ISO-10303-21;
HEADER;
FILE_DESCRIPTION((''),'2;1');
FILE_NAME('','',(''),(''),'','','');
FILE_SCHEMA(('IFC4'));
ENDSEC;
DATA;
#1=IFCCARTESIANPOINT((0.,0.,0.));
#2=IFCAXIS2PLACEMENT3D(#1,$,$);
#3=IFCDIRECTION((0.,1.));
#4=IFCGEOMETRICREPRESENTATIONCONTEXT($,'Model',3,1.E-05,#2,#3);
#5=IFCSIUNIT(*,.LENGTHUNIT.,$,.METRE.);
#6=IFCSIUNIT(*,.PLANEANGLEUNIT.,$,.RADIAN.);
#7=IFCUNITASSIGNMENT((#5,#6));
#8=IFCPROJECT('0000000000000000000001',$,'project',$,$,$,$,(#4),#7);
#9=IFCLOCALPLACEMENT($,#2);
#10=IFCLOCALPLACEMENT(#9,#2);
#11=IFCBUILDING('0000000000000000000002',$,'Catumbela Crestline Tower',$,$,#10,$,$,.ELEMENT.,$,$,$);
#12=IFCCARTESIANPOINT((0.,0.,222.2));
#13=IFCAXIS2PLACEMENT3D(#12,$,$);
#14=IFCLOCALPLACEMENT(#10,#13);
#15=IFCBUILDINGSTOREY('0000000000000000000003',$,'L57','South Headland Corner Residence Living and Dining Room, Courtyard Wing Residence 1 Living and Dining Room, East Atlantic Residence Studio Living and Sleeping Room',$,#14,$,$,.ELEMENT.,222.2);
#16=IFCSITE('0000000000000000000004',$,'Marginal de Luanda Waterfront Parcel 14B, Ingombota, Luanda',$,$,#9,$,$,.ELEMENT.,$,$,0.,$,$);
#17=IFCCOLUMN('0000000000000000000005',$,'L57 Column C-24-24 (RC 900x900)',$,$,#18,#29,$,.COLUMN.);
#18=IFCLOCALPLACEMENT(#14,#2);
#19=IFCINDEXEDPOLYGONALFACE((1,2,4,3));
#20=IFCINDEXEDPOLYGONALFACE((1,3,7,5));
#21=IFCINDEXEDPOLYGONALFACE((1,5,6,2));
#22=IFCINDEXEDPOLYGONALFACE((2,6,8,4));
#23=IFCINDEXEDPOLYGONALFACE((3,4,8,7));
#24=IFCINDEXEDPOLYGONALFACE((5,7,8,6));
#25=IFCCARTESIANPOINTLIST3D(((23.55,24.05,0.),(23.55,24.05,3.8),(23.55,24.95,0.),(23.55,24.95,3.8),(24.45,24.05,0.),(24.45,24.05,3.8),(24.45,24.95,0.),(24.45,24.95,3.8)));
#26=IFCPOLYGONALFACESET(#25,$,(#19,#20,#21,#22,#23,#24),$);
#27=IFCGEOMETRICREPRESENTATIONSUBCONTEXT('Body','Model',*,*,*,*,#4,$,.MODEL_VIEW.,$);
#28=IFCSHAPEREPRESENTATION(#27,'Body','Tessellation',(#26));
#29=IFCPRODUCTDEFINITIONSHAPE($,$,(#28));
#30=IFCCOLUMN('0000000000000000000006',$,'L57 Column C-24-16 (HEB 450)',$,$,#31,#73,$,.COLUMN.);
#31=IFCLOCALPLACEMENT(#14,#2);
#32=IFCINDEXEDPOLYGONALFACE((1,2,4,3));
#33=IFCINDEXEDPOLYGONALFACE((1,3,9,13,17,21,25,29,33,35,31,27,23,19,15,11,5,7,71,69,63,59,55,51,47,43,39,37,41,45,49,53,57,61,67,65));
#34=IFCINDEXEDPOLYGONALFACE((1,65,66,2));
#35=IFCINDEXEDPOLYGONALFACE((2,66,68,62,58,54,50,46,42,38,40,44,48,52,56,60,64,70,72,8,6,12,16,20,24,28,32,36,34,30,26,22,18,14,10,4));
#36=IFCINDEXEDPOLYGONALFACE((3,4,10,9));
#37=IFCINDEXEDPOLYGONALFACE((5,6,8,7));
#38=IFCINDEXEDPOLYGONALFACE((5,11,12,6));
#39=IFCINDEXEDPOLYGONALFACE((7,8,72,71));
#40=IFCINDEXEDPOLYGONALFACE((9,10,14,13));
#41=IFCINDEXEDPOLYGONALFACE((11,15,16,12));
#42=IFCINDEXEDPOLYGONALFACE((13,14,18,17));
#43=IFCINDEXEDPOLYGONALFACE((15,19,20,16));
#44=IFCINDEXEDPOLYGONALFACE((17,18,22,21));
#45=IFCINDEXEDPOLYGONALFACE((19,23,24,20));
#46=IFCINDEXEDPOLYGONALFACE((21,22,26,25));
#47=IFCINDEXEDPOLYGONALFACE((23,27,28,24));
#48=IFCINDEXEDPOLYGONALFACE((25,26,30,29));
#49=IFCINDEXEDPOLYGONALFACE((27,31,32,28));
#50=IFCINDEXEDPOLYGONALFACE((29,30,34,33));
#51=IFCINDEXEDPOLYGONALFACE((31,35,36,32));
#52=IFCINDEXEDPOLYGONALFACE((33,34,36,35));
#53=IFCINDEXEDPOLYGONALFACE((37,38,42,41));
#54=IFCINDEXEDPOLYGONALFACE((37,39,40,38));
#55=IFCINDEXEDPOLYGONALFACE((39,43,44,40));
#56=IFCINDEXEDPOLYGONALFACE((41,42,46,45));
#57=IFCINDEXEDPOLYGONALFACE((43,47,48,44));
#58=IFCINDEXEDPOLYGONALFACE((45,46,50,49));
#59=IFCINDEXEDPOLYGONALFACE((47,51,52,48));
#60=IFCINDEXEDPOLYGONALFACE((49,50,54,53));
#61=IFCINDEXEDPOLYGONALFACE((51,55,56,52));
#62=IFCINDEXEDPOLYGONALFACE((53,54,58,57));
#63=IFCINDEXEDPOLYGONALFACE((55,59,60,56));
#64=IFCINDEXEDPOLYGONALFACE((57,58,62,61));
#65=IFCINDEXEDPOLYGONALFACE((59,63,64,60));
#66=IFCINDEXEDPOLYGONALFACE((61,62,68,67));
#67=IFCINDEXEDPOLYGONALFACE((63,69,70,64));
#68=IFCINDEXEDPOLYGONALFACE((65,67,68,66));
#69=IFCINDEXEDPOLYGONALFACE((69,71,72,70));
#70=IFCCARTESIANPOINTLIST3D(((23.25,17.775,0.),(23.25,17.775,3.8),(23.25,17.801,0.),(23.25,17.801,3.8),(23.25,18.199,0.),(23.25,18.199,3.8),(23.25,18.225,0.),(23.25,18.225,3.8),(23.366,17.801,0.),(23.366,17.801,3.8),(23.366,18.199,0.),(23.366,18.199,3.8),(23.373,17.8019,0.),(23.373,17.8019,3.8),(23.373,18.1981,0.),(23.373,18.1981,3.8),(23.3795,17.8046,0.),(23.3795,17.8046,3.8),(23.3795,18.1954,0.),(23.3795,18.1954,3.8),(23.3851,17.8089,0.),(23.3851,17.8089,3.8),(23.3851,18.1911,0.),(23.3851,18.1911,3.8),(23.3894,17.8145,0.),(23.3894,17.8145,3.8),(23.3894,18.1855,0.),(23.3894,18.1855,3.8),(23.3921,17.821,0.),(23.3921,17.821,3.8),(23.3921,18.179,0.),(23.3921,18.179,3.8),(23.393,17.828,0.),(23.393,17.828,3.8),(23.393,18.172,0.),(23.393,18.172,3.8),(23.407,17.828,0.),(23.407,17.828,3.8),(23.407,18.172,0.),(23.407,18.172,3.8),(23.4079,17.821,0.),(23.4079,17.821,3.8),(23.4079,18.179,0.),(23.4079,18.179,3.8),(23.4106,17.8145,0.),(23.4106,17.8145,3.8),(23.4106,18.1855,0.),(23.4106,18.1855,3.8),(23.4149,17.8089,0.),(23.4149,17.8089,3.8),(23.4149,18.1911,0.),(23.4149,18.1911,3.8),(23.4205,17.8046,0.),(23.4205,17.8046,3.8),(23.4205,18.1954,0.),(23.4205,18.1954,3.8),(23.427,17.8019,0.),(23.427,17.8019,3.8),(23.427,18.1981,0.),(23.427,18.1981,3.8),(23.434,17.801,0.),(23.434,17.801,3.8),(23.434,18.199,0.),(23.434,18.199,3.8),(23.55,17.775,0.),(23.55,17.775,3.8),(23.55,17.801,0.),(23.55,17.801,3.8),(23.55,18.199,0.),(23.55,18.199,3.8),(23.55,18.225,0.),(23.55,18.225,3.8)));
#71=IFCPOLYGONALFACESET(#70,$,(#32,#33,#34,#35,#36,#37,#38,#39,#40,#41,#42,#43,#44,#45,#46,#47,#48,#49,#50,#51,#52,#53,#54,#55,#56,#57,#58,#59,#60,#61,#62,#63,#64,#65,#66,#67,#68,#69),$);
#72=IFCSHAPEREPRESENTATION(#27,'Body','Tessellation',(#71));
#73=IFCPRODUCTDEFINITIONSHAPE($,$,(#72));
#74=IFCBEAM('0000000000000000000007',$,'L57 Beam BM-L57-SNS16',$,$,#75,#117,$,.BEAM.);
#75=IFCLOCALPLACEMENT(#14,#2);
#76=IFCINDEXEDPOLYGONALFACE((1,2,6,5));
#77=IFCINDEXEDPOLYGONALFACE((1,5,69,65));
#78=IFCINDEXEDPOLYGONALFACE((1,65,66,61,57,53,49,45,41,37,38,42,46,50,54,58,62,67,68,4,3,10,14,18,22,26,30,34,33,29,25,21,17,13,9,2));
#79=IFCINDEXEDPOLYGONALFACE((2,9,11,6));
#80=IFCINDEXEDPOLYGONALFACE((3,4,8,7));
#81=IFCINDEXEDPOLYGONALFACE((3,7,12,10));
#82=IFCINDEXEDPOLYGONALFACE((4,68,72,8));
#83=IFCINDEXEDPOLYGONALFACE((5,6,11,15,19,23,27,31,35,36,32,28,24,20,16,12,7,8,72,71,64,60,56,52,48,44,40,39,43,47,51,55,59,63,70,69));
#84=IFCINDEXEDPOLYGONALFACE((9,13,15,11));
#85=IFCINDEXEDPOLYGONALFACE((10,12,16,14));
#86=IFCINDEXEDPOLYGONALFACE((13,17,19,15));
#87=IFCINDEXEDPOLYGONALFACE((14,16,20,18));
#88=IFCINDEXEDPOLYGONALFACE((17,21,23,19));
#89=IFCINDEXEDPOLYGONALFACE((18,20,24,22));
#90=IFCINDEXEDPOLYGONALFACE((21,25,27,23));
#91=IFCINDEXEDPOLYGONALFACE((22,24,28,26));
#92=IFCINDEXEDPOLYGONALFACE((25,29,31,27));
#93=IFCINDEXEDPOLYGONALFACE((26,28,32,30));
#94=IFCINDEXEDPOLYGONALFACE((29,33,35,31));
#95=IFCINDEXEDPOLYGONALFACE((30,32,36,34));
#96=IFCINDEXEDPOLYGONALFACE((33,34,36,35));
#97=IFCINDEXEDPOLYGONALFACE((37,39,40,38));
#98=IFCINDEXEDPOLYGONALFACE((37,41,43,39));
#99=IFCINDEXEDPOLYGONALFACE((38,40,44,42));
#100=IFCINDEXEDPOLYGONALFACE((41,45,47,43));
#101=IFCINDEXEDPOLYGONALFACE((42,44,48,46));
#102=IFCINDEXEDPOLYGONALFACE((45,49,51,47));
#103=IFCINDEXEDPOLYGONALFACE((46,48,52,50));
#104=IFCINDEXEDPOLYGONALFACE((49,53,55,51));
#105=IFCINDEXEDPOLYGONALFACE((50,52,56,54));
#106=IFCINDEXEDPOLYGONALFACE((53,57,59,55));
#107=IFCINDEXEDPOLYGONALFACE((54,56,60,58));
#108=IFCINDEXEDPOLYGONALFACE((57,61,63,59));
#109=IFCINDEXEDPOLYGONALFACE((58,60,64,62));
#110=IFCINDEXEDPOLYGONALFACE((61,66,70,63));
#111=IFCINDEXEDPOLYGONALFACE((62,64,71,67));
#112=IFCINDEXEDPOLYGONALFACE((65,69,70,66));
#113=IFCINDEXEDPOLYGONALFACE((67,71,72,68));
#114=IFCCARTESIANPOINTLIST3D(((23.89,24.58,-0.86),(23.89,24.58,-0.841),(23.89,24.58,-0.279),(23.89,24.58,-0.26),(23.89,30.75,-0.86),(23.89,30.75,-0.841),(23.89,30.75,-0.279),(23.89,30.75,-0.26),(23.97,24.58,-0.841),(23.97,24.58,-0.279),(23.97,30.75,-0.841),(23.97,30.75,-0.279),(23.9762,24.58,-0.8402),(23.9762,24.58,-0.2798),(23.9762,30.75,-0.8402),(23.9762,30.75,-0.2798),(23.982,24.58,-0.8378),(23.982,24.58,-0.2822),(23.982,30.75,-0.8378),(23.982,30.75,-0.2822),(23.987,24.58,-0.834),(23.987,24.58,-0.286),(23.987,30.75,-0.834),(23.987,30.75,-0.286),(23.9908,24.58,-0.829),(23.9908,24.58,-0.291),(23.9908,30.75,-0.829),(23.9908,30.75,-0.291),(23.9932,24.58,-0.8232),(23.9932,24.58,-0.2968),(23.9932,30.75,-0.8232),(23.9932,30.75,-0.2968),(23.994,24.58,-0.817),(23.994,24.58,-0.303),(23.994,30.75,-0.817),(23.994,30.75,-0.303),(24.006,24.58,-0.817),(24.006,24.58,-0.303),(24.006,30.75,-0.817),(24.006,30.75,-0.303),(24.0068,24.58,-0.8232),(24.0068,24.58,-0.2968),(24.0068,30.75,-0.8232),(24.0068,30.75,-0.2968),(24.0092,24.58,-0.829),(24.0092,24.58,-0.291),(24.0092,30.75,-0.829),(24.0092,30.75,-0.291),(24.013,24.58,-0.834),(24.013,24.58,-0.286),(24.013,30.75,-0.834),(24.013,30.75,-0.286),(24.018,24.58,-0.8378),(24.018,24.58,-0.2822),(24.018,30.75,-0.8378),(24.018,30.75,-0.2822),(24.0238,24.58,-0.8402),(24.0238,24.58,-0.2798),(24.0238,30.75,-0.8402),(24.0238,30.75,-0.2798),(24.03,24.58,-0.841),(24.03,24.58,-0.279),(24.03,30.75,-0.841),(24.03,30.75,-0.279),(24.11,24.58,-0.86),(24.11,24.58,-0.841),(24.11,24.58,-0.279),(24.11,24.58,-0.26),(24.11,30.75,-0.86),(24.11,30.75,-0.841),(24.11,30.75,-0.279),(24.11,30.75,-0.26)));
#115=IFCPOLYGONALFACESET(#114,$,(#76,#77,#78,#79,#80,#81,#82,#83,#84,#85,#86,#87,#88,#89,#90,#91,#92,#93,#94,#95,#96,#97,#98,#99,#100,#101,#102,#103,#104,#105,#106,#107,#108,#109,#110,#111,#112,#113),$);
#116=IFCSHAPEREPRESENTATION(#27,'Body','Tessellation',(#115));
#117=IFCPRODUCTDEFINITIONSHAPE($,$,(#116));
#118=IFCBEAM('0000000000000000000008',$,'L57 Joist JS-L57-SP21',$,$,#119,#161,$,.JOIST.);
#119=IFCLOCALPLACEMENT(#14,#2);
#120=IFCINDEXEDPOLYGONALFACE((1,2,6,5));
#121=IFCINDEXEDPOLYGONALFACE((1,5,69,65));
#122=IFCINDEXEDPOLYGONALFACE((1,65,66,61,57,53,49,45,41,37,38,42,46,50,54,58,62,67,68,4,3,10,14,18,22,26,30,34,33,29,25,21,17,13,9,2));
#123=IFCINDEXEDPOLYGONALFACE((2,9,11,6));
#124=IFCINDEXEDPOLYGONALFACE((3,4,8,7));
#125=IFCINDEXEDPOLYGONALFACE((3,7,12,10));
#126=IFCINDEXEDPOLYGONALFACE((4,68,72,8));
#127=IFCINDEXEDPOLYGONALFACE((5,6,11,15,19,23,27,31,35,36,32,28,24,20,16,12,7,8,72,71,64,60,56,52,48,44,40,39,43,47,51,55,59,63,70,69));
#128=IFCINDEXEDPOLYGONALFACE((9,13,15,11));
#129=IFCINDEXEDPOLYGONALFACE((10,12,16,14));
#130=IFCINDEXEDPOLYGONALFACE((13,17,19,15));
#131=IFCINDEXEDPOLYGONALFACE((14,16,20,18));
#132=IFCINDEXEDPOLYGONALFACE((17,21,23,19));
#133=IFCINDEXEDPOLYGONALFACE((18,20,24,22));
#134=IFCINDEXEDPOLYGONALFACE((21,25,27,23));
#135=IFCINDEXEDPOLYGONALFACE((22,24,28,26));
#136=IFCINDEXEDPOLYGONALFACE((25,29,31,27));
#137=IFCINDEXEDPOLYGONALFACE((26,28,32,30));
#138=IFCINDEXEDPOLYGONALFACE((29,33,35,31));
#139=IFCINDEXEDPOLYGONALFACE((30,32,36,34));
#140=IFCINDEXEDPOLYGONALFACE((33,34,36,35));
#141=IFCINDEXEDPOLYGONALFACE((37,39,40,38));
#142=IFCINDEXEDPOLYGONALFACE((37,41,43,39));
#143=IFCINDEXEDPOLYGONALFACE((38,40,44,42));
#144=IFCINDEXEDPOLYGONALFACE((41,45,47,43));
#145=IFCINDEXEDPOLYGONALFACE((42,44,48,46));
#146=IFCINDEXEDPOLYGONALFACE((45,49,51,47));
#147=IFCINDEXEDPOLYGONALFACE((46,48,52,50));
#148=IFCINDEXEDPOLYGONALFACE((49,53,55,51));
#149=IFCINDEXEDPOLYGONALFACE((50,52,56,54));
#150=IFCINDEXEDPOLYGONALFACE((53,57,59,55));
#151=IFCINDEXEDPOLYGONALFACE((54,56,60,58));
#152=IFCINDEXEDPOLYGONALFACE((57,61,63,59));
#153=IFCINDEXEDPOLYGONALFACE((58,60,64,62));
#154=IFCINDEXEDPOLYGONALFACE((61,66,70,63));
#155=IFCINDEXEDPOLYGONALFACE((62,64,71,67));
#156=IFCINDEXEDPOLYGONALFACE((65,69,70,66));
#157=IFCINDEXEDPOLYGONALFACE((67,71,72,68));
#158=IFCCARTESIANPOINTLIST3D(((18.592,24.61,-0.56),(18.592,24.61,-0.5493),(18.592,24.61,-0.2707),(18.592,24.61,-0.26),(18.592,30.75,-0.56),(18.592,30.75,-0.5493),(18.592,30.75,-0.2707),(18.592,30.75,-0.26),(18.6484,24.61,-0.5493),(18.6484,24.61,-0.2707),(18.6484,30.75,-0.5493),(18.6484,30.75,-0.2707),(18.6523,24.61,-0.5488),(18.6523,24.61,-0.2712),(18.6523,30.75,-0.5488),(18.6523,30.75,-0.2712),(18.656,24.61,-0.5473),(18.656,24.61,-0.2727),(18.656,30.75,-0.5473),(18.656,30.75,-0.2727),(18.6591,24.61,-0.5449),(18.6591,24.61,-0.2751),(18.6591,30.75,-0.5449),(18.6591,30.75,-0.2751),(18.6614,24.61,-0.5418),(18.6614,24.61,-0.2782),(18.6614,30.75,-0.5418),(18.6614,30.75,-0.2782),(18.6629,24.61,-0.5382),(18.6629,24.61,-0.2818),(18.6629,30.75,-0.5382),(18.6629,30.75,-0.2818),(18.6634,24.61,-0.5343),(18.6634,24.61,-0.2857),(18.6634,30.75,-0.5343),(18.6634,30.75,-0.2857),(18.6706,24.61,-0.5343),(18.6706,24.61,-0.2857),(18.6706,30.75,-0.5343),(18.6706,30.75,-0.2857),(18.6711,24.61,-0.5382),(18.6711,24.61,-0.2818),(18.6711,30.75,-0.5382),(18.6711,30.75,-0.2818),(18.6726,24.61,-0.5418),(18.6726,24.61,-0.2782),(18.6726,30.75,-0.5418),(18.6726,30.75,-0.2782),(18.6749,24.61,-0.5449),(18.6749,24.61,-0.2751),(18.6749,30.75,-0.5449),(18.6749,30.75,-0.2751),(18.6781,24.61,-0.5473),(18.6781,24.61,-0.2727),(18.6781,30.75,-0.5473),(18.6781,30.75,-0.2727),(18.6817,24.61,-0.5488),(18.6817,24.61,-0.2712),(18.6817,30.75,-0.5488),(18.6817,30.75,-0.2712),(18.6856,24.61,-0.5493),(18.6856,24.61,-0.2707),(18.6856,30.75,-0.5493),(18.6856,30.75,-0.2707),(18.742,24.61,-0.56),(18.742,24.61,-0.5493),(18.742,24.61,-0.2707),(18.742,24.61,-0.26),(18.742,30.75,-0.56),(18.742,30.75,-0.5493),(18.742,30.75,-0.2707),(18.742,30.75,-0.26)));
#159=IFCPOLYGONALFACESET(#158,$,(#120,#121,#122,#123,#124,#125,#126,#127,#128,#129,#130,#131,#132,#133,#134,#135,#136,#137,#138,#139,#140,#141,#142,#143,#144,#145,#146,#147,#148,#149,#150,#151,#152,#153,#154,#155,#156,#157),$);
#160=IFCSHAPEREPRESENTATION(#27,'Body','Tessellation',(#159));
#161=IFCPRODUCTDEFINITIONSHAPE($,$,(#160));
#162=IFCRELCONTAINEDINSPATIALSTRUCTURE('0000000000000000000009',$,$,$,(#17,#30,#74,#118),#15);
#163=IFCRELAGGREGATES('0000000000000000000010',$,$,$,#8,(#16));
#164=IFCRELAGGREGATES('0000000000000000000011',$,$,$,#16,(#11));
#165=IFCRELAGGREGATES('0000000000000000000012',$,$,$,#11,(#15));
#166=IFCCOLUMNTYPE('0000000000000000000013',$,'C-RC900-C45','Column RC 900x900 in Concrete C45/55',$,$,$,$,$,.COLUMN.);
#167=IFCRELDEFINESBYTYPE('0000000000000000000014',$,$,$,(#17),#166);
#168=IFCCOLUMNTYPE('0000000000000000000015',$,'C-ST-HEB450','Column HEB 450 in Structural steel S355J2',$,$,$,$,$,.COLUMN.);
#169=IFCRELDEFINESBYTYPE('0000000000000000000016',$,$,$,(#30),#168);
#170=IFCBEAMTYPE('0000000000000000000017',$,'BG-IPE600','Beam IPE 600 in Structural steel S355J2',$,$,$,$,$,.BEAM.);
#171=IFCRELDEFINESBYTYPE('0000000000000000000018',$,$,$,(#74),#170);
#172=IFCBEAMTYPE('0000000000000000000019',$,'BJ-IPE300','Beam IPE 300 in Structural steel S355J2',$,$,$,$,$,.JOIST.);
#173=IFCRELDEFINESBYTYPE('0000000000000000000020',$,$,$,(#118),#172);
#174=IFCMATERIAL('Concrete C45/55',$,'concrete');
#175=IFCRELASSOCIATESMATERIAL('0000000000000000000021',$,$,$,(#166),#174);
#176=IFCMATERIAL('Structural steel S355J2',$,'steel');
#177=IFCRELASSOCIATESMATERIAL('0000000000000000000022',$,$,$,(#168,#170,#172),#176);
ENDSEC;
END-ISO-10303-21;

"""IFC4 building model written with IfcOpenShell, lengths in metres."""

from ifc_helpers import new_model, si_unit, direction, frame, origin, origin_2d, place, context, subcontext, project, spatial, rectangle, i_section, extrude, material, material_profile, profile_set, type_object, element, save


model = new_model("IFC4")

# Units and contexts
model_context = context("Model", 3, precision=1e-05, world=origin(), true_north=direction((0.0, 1.0)))
body_context = subcontext(model_context, "Body", "Model", "MODEL_VIEW")
ifc_project = project(units=[si_unit("LENGTHUNIT", "METRE"), si_unit("PLANEANGLEUNIT", "RADIAN")], contexts=[model_context])

# Site, building, storey
site_placement = place(None, origin())
site = spatial("IfcSite", under=ifc_project, at=site_placement, Name="Marginal de Luanda Waterfront Parcel 14B, Ingombota, Luanda", CompositionType="ELEMENT", RefElevation=0.0)
building_placement = place(site_placement, origin())
building = spatial("IfcBuilding", under=site, at=building_placement, Name="Catumbela Crestline Tower", CompositionType="ELEMENT")
storey_placement = place(building_placement, frame((0.0, 0.0, 222.2)))
storey = spatial("IfcBuildingStorey", under=building, at=storey_placement, Name="L57", Description="South Headland Corner Residence Living and Dining Room, Courtyard Wing Residence 1 Living and Dining Room, East Atlantic Residence Studio Living and Sleeping Room", CompositionType="ELEMENT", Elevation=222.2)

# Columns
ifc_material_1 = material(Name="Concrete C45/55", Category="concrete")
ifc_material_profile_1 = material_profile(ifc_material_1, rectangle(XDim=0.9, YDim=0.9, at=origin_2d()), Name="RC 900x900")
ifc_profile_set_1 = profile_set([ifc_material_profile_1], Name="Concrete C45/55")
column_type_1 = type_object("IfcColumnType", Name="C-RC900-C45", Description="Column RC 900x900 in Concrete C45/55", PredefinedType="COLUMN", material=ifc_profile_set_1)
column_1_placement = place(storey_placement, frame((24.0, 24.5, 0.0), z_axis=(0.0, 0.0, 1.0), x_axis=(1.0, 0.0, 0.0)))
element("IfcColumn", 1, at=column_1_placement, inside=storey, type_object=column_type_1, Name="L57 Column C-24-24 (RC 900x900)", PredefinedType="COLUMN", context=body_context, shape_type="SweptSolid", body=[
    extrude(rectangle(XDim=0.9, YDim=0.9, at=origin_2d()), origin(), (0.0, 0.0, 1.0), 3.8),
])
ifc_material_2 = material(Name="Structural steel S355J2", Category="steel")
ifc_material_profile_2 = material_profile(ifc_material_2, i_section(OverallWidth=0.3, OverallDepth=0.45, WebThickness=0.014, FlangeThickness=0.026, FilletRadius=0.027, at=origin_2d()), Name="HEB 450")
ifc_profile_set_2 = profile_set([ifc_material_profile_2], Name="Structural steel S355J2")
column_type_2 = type_object("IfcColumnType", Name="C-ST-HEB450", Description="Column HEB 450 in Structural steel S355J2", PredefinedType="COLUMN", material=ifc_profile_set_2)
column_2_placement = place(storey_placement, frame((23.4, 18.0, 0.0), z_axis=(0.0, 0.0, 1.0), x_axis=(1.0, 0.0, 0.0)))
element("IfcColumn", 2, at=column_2_placement, inside=storey, type_object=column_type_2, Name="L57 Column C-24-16 (HEB 450)", PredefinedType="COLUMN", context=body_context, shape_type="SweptSolid", body=[
    extrude(i_section(OverallWidth=0.3, OverallDepth=0.45, WebThickness=0.014, FlangeThickness=0.026, FilletRadius=0.027, at=origin_2d()), origin(), (0.0, 0.0, 1.0), 3.8),
])

# Beams
ifc_material_profile_3 = material_profile(ifc_material_2, i_section(OverallWidth=0.22, OverallDepth=0.6, WebThickness=0.012, FlangeThickness=0.019, FilletRadius=0.024, at=origin_2d()), Name="IPE 600")
ifc_profile_set_3 = profile_set([ifc_material_profile_3], Name="Structural steel S355J2")
beam_type_1 = type_object("IfcBeamType", Name="BG-IPE600", Description="Beam IPE 600 in Structural steel S355J2", PredefinedType="BEAM", material=ifc_profile_set_3)
beam_1_placement = place(storey_placement, frame((24.0, 24.58, -0.56), z_axis=(0.0, 1.0, 0.0), x_axis=(-1.0, 0.0, 0.0)))
element("IfcBeam", 3, at=beam_1_placement, inside=storey, type_object=beam_type_1, Name="L57 Beam BM-L57-SNS16", PredefinedType="BEAM", context=body_context, shape_type="SweptSolid", body=[
    extrude(i_section(OverallWidth=0.22, OverallDepth=0.6, WebThickness=0.012, FlangeThickness=0.019, FilletRadius=0.024, at=origin_2d()), origin(), (0.0, 0.0, 1.0), 6.17),
])
ifc_material_profile_4 = material_profile(ifc_material_2, i_section(OverallWidth=0.15, OverallDepth=0.3, WebThickness=0.0071, FlangeThickness=0.0107, FilletRadius=0.015, at=origin_2d()), Name="IPE 300")
ifc_profile_set_4 = profile_set([ifc_material_profile_4], Name="Structural steel S355J2")
beam_type_2 = type_object("IfcBeamType", Name="BJ-IPE300", Description="Beam IPE 300 in Structural steel S355J2", PredefinedType="JOIST", material=ifc_profile_set_4)
for number, where, z_axis, x_axis, name in (
    (4, (18.667, 24.61, -0.41), (0.0, 1.0, 0.0), (-1.0, 0.0, 0.0), "L57 Joist JS-L57-SP21"),
):
    element("IfcBeam", number, at=place(storey_placement, frame(where, z_axis=z_axis, x_axis=x_axis)), inside=storey, type_object=beam_type_2, Name=name, PredefinedType="JOIST", context=body_context, shape_type="SweptSolid", body=[
        extrude(i_section(OverallWidth=0.15, OverallDepth=0.3, WebThickness=0.0071, FlangeThickness=0.0107, FilletRadius=0.015, at=origin_2d()), origin(), (0.0, 0.0, 1.0), 6.14),
    ])

save(model, "model.ifc")
